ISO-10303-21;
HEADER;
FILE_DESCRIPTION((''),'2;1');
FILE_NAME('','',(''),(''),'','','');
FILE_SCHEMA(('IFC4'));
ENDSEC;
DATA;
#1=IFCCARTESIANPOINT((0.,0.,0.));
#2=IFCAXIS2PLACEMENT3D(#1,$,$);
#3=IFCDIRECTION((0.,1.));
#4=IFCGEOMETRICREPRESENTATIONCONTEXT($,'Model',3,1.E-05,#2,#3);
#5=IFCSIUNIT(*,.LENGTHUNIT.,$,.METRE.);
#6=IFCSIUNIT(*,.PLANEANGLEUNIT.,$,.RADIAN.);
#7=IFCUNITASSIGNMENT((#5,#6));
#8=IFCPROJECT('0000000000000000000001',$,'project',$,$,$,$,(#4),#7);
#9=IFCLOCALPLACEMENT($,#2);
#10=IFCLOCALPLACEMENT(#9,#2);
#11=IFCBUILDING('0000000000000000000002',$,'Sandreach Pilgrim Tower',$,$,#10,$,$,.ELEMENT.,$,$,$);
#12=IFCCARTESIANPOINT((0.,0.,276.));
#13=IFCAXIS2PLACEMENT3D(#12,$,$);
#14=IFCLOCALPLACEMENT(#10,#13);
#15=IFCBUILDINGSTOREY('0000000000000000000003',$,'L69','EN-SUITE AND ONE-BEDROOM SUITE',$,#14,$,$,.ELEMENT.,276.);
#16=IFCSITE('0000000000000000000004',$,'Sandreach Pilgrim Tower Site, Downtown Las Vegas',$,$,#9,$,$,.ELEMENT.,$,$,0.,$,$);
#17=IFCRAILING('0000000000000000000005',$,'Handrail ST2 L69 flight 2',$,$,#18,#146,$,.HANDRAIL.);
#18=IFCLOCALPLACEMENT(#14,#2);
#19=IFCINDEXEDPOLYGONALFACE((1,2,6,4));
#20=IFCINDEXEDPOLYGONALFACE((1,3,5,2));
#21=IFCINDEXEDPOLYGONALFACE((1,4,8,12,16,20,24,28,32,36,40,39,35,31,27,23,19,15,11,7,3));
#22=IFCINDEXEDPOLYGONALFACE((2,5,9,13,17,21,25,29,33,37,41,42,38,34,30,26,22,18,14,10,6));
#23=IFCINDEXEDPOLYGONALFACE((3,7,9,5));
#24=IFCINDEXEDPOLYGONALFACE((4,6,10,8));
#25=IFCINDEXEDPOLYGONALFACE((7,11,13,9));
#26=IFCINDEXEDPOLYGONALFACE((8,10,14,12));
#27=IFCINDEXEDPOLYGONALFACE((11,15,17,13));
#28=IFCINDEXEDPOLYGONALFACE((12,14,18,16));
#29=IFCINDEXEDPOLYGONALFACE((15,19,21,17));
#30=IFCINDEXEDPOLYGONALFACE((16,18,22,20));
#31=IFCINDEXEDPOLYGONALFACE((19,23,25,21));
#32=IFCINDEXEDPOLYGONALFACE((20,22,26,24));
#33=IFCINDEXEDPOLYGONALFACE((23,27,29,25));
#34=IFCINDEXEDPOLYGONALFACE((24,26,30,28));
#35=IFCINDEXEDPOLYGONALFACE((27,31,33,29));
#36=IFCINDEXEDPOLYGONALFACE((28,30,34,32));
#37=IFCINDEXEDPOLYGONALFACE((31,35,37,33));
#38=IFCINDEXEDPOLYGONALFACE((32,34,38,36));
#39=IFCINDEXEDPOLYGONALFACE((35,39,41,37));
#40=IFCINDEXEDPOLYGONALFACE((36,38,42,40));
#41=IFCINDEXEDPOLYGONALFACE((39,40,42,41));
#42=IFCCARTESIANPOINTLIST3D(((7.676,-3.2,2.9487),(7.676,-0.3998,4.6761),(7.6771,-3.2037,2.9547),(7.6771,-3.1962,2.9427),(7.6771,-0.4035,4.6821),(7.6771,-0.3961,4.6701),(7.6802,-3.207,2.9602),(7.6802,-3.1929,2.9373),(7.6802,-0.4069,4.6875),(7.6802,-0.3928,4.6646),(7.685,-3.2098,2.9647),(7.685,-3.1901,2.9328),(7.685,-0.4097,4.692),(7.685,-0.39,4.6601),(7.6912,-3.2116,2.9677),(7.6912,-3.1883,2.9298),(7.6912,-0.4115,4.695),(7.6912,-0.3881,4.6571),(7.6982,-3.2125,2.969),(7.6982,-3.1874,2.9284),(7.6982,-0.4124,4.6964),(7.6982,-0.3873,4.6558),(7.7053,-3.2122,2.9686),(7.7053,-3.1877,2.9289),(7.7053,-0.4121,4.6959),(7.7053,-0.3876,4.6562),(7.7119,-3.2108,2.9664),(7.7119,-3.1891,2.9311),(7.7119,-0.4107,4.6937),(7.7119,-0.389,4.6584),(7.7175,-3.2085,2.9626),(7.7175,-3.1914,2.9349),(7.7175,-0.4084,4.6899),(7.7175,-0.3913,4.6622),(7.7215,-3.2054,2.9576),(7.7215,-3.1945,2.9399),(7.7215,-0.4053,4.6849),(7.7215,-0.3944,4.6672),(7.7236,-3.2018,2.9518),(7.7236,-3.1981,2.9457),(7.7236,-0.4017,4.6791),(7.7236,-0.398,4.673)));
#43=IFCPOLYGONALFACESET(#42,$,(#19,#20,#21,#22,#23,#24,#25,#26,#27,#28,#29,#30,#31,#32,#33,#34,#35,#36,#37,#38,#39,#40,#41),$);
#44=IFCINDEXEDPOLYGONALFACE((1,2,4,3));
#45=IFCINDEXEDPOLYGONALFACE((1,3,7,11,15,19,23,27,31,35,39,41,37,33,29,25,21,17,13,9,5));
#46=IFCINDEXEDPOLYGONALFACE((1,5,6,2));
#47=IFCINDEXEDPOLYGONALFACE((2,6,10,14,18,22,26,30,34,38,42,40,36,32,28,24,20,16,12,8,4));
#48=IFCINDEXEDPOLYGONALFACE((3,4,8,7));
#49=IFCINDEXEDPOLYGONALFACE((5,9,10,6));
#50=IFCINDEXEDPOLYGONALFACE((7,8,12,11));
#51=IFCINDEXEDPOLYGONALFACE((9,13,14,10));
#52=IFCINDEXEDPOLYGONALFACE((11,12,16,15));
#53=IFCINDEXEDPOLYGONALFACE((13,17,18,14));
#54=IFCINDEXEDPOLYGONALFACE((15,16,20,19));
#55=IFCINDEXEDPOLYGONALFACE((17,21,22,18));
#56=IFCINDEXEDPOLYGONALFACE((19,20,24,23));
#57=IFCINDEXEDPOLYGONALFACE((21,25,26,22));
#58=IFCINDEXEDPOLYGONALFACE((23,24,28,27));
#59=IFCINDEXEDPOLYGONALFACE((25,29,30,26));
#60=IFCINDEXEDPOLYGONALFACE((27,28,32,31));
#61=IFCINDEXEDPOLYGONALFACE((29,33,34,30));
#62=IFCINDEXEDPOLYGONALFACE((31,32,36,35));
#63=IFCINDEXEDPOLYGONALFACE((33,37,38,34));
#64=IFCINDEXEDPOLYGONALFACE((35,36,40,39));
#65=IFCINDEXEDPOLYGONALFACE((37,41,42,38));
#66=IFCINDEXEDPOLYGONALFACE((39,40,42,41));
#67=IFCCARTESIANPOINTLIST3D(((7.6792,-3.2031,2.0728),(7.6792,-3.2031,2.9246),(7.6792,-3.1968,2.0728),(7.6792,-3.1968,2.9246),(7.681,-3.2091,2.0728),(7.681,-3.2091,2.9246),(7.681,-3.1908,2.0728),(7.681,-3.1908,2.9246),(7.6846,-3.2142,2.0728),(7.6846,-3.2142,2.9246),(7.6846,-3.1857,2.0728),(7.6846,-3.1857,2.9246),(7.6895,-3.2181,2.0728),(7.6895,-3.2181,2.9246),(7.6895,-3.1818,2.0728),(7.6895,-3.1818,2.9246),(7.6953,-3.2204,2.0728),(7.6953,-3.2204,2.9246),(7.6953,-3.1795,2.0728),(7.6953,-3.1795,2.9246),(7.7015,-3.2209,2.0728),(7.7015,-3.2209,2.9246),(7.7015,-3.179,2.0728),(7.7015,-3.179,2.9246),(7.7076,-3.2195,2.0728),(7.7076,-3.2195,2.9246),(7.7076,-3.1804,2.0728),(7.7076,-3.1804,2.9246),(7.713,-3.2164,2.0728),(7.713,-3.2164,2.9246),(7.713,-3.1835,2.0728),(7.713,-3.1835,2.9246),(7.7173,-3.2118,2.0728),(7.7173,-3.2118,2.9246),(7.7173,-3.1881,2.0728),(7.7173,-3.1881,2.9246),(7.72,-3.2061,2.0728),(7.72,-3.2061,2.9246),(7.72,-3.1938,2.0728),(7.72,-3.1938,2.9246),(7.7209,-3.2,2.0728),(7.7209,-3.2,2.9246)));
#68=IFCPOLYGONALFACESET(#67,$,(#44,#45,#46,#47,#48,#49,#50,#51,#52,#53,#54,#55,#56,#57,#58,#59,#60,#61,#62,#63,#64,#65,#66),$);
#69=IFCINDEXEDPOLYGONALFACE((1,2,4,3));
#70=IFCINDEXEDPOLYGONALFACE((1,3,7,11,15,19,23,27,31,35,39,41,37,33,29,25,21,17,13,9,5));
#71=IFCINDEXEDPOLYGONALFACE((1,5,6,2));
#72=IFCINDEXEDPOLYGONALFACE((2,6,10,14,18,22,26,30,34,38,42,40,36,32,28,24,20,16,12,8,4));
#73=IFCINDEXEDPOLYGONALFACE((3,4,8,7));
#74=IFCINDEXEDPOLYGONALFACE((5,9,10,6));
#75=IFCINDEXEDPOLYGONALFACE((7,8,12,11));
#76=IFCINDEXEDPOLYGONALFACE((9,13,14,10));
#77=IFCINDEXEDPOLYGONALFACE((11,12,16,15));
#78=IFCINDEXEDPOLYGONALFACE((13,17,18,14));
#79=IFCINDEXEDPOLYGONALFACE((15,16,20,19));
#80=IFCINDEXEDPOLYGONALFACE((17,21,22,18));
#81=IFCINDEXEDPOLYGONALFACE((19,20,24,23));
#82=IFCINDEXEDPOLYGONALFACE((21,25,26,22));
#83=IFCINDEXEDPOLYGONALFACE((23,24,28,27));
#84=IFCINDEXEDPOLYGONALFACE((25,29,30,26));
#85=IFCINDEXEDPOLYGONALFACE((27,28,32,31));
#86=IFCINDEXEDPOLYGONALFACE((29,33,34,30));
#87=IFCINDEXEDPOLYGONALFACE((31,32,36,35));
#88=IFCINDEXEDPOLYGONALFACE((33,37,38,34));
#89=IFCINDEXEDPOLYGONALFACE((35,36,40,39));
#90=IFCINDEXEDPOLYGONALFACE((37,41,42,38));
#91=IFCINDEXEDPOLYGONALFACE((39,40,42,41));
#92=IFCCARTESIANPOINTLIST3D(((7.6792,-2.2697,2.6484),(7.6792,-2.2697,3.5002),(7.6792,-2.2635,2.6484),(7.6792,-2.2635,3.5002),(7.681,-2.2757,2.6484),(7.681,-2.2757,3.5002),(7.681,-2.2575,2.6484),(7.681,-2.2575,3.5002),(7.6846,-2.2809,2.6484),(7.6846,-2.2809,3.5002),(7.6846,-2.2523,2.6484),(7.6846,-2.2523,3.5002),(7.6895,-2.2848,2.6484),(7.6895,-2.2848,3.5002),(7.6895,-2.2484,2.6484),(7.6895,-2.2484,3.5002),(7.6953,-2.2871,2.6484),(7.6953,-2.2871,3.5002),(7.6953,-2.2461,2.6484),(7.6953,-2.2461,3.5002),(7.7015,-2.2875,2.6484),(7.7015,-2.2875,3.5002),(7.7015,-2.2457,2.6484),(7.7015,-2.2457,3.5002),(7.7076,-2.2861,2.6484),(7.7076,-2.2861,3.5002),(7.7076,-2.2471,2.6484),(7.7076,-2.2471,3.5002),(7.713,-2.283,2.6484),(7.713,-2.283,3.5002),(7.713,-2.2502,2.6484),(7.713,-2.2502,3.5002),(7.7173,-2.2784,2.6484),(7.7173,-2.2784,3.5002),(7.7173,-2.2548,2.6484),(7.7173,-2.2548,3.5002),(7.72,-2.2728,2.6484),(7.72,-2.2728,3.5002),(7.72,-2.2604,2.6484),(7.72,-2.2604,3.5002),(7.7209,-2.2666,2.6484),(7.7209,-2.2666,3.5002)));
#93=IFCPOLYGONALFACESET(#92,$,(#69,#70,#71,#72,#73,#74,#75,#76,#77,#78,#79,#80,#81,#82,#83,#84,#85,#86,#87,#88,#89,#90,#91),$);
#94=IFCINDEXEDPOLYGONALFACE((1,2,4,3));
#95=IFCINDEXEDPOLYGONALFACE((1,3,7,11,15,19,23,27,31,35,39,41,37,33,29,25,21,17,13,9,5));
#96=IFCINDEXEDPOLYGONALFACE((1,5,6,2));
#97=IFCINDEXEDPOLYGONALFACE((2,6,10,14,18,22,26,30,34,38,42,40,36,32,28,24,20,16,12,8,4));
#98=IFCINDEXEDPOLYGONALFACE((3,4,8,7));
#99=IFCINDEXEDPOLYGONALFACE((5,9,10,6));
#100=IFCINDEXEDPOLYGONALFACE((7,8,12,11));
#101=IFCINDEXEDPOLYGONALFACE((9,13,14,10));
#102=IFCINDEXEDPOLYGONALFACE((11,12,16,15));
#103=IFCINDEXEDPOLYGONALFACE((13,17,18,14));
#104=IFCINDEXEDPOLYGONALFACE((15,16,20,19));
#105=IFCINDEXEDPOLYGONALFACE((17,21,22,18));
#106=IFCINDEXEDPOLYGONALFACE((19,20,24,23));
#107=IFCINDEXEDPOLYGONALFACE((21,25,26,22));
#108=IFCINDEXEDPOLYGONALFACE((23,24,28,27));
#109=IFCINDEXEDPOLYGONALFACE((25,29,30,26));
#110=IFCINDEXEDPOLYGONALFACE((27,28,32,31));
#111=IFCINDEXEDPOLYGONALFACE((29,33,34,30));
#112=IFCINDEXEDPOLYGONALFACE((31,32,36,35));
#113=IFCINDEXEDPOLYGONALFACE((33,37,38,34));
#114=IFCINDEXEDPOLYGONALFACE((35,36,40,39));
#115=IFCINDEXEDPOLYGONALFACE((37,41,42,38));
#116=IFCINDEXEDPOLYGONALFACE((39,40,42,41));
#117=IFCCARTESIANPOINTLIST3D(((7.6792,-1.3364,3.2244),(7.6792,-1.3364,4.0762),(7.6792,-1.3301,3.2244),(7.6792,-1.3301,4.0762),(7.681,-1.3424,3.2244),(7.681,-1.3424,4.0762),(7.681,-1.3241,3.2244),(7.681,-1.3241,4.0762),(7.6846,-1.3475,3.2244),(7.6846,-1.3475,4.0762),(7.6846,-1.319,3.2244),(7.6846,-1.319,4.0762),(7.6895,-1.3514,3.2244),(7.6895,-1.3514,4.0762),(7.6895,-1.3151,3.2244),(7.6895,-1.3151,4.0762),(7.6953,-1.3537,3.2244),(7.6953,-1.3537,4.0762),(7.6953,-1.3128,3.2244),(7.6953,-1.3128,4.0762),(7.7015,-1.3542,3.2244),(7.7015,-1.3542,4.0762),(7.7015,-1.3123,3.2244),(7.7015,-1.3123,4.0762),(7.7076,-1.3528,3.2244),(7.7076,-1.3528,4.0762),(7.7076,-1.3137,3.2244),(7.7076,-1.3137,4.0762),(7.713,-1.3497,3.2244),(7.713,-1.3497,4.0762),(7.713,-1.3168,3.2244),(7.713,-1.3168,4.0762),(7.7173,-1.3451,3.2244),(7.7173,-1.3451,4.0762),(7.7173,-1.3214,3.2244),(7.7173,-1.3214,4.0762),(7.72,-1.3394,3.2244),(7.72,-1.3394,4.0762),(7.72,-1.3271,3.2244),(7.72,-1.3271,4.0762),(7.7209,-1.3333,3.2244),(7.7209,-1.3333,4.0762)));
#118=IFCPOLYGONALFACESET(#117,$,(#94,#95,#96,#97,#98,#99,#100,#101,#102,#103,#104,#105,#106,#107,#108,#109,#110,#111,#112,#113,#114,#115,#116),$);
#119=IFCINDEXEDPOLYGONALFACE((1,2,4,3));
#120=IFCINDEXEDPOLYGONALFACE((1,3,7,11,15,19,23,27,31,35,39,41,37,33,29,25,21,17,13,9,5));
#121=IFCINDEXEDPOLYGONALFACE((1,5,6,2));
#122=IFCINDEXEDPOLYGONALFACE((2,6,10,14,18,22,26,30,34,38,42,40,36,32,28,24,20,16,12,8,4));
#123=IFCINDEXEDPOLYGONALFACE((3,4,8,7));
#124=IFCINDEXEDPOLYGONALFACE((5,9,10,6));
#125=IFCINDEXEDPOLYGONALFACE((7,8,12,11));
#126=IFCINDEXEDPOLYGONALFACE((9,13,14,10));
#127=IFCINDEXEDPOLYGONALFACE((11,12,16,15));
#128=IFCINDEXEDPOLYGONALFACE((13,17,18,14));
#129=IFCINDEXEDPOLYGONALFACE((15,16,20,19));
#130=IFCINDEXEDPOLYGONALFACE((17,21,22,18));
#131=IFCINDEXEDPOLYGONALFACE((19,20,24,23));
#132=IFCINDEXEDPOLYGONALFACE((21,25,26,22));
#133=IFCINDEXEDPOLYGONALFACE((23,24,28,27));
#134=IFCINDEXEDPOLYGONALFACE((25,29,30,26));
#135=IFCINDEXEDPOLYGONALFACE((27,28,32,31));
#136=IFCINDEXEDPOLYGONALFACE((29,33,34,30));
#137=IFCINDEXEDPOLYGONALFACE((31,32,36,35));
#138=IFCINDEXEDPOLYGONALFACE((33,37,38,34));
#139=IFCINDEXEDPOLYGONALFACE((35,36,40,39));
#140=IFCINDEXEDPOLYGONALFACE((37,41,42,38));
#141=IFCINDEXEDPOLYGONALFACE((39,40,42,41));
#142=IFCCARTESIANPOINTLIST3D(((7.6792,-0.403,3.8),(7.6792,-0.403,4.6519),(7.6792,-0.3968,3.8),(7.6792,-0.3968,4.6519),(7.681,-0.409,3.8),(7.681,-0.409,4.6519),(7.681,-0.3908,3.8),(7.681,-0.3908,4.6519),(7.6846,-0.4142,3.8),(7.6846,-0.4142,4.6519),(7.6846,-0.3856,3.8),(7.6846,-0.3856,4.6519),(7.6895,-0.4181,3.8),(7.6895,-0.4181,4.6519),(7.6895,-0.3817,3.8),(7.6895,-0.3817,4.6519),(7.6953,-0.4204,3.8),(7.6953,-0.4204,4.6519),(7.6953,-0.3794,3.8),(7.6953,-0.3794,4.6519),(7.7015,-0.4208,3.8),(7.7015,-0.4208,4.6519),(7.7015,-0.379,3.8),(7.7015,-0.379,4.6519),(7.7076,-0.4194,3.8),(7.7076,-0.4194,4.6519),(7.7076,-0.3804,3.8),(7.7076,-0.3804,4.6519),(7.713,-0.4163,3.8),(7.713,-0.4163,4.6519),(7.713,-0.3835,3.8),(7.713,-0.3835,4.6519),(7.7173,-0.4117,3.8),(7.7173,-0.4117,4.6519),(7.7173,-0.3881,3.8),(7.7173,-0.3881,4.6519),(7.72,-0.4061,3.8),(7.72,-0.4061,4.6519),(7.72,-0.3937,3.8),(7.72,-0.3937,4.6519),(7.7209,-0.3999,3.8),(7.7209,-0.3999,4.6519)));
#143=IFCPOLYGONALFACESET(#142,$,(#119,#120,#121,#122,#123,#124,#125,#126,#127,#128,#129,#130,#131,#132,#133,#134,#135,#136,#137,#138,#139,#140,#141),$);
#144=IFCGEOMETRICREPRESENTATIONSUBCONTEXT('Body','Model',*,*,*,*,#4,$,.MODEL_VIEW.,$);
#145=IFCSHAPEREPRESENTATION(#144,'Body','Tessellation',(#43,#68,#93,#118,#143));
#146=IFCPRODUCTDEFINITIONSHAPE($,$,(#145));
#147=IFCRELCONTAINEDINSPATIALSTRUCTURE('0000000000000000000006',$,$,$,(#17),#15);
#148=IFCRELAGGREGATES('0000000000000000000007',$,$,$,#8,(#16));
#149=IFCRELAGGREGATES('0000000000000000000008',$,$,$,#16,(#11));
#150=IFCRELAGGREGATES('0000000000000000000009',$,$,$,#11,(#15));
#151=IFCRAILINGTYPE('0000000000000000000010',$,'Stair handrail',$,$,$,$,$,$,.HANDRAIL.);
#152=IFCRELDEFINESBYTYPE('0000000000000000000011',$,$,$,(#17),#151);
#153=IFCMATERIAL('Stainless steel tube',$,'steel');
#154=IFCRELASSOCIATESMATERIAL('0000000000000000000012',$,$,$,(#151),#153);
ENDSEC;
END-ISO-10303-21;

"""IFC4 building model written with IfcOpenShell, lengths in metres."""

from ifc_helpers import new_model, si_unit, direction, frame, origin, origin_2d, place, context, subcontext, project, spatial, circle, extrude, material, type_object, element, save


model = new_model("IFC4")

# Units and contexts
model_context = context("Model", 3, precision=1e-05, world=origin(), true_north=direction((0.0, 1.0)))
body_context = subcontext(model_context, "Body", "Model", "MODEL_VIEW")
ifc_project = project(units=[si_unit("LENGTHUNIT", "METRE"), si_unit("PLANEANGLEUNIT", "RADIAN")], contexts=[model_context])

# Site, building, storey
site_placement = place(None, origin())
site = spatial("IfcSite", under=ifc_project, at=site_placement, Name="Sandreach Pilgrim Tower Site, Downtown Las Vegas", CompositionType="ELEMENT", RefElevation=0.0)
building_placement = place(site_placement, origin())
building = spatial("IfcBuilding", under=site, at=building_placement, Name="Sandreach Pilgrim Tower", CompositionType="ELEMENT")
storey_placement = place(building_placement, frame((0.0, 0.0, 276.0)))
storey = spatial("IfcBuildingStorey", under=building, at=storey_placement, Name="L69", Description="EN-SUITE AND ONE-BEDROOM SUITE", CompositionType="ELEMENT", Elevation=276.0)

# Railing
ifc_material_1 = material(Name="Stainless steel tube", Category="steel")
railing_type = type_object("IfcRailingType", Name="Stair handrail", PredefinedType="HANDRAIL", material=ifc_material_1)
for number, where, name in (
    (1, (7.7, -3.2, 2.0728), "Handrail ST2 L69 flight 2"),
):
    element("IfcRailing", number, at=place(storey_placement, frame(where)), inside=storey, type_object=railing_type, Name=name, PredefinedType="HANDRAIL", context=body_context, shape_type="SweptSolid", body=[
        extrude(circle(Radius=0.0239, at=origin_2d()), frame((0.0, 0.0, 0.876), z_axis=(0.0, 0.85109, 0.52502), x_axis=(-1.0, 0.0, 0.0)), (0.0, 0.0, 1.0), 3.29),
        extrude(circle(Radius=0.021, at=origin_2d()), origin(), (0.0, 0.0, 1.0), 0.8518),
        extrude(circle(Radius=0.021, at=origin_2d()), frame((0.0, 0.9333, 0.5757)), (0.0, 0.0, 1.0), 0.8518),
        extrude(circle(Radius=0.021, at=origin_2d()), frame((0.0, 1.8667, 1.1516)), (0.0, 0.0, 1.0), 0.8518),
        extrude(circle(Radius=0.021, at=origin_2d()), frame((0.0, 2.8, 1.7273)), (0.0, 0.0, 1.0), 0.8518),
    ])

save(model, "model.ifc")
